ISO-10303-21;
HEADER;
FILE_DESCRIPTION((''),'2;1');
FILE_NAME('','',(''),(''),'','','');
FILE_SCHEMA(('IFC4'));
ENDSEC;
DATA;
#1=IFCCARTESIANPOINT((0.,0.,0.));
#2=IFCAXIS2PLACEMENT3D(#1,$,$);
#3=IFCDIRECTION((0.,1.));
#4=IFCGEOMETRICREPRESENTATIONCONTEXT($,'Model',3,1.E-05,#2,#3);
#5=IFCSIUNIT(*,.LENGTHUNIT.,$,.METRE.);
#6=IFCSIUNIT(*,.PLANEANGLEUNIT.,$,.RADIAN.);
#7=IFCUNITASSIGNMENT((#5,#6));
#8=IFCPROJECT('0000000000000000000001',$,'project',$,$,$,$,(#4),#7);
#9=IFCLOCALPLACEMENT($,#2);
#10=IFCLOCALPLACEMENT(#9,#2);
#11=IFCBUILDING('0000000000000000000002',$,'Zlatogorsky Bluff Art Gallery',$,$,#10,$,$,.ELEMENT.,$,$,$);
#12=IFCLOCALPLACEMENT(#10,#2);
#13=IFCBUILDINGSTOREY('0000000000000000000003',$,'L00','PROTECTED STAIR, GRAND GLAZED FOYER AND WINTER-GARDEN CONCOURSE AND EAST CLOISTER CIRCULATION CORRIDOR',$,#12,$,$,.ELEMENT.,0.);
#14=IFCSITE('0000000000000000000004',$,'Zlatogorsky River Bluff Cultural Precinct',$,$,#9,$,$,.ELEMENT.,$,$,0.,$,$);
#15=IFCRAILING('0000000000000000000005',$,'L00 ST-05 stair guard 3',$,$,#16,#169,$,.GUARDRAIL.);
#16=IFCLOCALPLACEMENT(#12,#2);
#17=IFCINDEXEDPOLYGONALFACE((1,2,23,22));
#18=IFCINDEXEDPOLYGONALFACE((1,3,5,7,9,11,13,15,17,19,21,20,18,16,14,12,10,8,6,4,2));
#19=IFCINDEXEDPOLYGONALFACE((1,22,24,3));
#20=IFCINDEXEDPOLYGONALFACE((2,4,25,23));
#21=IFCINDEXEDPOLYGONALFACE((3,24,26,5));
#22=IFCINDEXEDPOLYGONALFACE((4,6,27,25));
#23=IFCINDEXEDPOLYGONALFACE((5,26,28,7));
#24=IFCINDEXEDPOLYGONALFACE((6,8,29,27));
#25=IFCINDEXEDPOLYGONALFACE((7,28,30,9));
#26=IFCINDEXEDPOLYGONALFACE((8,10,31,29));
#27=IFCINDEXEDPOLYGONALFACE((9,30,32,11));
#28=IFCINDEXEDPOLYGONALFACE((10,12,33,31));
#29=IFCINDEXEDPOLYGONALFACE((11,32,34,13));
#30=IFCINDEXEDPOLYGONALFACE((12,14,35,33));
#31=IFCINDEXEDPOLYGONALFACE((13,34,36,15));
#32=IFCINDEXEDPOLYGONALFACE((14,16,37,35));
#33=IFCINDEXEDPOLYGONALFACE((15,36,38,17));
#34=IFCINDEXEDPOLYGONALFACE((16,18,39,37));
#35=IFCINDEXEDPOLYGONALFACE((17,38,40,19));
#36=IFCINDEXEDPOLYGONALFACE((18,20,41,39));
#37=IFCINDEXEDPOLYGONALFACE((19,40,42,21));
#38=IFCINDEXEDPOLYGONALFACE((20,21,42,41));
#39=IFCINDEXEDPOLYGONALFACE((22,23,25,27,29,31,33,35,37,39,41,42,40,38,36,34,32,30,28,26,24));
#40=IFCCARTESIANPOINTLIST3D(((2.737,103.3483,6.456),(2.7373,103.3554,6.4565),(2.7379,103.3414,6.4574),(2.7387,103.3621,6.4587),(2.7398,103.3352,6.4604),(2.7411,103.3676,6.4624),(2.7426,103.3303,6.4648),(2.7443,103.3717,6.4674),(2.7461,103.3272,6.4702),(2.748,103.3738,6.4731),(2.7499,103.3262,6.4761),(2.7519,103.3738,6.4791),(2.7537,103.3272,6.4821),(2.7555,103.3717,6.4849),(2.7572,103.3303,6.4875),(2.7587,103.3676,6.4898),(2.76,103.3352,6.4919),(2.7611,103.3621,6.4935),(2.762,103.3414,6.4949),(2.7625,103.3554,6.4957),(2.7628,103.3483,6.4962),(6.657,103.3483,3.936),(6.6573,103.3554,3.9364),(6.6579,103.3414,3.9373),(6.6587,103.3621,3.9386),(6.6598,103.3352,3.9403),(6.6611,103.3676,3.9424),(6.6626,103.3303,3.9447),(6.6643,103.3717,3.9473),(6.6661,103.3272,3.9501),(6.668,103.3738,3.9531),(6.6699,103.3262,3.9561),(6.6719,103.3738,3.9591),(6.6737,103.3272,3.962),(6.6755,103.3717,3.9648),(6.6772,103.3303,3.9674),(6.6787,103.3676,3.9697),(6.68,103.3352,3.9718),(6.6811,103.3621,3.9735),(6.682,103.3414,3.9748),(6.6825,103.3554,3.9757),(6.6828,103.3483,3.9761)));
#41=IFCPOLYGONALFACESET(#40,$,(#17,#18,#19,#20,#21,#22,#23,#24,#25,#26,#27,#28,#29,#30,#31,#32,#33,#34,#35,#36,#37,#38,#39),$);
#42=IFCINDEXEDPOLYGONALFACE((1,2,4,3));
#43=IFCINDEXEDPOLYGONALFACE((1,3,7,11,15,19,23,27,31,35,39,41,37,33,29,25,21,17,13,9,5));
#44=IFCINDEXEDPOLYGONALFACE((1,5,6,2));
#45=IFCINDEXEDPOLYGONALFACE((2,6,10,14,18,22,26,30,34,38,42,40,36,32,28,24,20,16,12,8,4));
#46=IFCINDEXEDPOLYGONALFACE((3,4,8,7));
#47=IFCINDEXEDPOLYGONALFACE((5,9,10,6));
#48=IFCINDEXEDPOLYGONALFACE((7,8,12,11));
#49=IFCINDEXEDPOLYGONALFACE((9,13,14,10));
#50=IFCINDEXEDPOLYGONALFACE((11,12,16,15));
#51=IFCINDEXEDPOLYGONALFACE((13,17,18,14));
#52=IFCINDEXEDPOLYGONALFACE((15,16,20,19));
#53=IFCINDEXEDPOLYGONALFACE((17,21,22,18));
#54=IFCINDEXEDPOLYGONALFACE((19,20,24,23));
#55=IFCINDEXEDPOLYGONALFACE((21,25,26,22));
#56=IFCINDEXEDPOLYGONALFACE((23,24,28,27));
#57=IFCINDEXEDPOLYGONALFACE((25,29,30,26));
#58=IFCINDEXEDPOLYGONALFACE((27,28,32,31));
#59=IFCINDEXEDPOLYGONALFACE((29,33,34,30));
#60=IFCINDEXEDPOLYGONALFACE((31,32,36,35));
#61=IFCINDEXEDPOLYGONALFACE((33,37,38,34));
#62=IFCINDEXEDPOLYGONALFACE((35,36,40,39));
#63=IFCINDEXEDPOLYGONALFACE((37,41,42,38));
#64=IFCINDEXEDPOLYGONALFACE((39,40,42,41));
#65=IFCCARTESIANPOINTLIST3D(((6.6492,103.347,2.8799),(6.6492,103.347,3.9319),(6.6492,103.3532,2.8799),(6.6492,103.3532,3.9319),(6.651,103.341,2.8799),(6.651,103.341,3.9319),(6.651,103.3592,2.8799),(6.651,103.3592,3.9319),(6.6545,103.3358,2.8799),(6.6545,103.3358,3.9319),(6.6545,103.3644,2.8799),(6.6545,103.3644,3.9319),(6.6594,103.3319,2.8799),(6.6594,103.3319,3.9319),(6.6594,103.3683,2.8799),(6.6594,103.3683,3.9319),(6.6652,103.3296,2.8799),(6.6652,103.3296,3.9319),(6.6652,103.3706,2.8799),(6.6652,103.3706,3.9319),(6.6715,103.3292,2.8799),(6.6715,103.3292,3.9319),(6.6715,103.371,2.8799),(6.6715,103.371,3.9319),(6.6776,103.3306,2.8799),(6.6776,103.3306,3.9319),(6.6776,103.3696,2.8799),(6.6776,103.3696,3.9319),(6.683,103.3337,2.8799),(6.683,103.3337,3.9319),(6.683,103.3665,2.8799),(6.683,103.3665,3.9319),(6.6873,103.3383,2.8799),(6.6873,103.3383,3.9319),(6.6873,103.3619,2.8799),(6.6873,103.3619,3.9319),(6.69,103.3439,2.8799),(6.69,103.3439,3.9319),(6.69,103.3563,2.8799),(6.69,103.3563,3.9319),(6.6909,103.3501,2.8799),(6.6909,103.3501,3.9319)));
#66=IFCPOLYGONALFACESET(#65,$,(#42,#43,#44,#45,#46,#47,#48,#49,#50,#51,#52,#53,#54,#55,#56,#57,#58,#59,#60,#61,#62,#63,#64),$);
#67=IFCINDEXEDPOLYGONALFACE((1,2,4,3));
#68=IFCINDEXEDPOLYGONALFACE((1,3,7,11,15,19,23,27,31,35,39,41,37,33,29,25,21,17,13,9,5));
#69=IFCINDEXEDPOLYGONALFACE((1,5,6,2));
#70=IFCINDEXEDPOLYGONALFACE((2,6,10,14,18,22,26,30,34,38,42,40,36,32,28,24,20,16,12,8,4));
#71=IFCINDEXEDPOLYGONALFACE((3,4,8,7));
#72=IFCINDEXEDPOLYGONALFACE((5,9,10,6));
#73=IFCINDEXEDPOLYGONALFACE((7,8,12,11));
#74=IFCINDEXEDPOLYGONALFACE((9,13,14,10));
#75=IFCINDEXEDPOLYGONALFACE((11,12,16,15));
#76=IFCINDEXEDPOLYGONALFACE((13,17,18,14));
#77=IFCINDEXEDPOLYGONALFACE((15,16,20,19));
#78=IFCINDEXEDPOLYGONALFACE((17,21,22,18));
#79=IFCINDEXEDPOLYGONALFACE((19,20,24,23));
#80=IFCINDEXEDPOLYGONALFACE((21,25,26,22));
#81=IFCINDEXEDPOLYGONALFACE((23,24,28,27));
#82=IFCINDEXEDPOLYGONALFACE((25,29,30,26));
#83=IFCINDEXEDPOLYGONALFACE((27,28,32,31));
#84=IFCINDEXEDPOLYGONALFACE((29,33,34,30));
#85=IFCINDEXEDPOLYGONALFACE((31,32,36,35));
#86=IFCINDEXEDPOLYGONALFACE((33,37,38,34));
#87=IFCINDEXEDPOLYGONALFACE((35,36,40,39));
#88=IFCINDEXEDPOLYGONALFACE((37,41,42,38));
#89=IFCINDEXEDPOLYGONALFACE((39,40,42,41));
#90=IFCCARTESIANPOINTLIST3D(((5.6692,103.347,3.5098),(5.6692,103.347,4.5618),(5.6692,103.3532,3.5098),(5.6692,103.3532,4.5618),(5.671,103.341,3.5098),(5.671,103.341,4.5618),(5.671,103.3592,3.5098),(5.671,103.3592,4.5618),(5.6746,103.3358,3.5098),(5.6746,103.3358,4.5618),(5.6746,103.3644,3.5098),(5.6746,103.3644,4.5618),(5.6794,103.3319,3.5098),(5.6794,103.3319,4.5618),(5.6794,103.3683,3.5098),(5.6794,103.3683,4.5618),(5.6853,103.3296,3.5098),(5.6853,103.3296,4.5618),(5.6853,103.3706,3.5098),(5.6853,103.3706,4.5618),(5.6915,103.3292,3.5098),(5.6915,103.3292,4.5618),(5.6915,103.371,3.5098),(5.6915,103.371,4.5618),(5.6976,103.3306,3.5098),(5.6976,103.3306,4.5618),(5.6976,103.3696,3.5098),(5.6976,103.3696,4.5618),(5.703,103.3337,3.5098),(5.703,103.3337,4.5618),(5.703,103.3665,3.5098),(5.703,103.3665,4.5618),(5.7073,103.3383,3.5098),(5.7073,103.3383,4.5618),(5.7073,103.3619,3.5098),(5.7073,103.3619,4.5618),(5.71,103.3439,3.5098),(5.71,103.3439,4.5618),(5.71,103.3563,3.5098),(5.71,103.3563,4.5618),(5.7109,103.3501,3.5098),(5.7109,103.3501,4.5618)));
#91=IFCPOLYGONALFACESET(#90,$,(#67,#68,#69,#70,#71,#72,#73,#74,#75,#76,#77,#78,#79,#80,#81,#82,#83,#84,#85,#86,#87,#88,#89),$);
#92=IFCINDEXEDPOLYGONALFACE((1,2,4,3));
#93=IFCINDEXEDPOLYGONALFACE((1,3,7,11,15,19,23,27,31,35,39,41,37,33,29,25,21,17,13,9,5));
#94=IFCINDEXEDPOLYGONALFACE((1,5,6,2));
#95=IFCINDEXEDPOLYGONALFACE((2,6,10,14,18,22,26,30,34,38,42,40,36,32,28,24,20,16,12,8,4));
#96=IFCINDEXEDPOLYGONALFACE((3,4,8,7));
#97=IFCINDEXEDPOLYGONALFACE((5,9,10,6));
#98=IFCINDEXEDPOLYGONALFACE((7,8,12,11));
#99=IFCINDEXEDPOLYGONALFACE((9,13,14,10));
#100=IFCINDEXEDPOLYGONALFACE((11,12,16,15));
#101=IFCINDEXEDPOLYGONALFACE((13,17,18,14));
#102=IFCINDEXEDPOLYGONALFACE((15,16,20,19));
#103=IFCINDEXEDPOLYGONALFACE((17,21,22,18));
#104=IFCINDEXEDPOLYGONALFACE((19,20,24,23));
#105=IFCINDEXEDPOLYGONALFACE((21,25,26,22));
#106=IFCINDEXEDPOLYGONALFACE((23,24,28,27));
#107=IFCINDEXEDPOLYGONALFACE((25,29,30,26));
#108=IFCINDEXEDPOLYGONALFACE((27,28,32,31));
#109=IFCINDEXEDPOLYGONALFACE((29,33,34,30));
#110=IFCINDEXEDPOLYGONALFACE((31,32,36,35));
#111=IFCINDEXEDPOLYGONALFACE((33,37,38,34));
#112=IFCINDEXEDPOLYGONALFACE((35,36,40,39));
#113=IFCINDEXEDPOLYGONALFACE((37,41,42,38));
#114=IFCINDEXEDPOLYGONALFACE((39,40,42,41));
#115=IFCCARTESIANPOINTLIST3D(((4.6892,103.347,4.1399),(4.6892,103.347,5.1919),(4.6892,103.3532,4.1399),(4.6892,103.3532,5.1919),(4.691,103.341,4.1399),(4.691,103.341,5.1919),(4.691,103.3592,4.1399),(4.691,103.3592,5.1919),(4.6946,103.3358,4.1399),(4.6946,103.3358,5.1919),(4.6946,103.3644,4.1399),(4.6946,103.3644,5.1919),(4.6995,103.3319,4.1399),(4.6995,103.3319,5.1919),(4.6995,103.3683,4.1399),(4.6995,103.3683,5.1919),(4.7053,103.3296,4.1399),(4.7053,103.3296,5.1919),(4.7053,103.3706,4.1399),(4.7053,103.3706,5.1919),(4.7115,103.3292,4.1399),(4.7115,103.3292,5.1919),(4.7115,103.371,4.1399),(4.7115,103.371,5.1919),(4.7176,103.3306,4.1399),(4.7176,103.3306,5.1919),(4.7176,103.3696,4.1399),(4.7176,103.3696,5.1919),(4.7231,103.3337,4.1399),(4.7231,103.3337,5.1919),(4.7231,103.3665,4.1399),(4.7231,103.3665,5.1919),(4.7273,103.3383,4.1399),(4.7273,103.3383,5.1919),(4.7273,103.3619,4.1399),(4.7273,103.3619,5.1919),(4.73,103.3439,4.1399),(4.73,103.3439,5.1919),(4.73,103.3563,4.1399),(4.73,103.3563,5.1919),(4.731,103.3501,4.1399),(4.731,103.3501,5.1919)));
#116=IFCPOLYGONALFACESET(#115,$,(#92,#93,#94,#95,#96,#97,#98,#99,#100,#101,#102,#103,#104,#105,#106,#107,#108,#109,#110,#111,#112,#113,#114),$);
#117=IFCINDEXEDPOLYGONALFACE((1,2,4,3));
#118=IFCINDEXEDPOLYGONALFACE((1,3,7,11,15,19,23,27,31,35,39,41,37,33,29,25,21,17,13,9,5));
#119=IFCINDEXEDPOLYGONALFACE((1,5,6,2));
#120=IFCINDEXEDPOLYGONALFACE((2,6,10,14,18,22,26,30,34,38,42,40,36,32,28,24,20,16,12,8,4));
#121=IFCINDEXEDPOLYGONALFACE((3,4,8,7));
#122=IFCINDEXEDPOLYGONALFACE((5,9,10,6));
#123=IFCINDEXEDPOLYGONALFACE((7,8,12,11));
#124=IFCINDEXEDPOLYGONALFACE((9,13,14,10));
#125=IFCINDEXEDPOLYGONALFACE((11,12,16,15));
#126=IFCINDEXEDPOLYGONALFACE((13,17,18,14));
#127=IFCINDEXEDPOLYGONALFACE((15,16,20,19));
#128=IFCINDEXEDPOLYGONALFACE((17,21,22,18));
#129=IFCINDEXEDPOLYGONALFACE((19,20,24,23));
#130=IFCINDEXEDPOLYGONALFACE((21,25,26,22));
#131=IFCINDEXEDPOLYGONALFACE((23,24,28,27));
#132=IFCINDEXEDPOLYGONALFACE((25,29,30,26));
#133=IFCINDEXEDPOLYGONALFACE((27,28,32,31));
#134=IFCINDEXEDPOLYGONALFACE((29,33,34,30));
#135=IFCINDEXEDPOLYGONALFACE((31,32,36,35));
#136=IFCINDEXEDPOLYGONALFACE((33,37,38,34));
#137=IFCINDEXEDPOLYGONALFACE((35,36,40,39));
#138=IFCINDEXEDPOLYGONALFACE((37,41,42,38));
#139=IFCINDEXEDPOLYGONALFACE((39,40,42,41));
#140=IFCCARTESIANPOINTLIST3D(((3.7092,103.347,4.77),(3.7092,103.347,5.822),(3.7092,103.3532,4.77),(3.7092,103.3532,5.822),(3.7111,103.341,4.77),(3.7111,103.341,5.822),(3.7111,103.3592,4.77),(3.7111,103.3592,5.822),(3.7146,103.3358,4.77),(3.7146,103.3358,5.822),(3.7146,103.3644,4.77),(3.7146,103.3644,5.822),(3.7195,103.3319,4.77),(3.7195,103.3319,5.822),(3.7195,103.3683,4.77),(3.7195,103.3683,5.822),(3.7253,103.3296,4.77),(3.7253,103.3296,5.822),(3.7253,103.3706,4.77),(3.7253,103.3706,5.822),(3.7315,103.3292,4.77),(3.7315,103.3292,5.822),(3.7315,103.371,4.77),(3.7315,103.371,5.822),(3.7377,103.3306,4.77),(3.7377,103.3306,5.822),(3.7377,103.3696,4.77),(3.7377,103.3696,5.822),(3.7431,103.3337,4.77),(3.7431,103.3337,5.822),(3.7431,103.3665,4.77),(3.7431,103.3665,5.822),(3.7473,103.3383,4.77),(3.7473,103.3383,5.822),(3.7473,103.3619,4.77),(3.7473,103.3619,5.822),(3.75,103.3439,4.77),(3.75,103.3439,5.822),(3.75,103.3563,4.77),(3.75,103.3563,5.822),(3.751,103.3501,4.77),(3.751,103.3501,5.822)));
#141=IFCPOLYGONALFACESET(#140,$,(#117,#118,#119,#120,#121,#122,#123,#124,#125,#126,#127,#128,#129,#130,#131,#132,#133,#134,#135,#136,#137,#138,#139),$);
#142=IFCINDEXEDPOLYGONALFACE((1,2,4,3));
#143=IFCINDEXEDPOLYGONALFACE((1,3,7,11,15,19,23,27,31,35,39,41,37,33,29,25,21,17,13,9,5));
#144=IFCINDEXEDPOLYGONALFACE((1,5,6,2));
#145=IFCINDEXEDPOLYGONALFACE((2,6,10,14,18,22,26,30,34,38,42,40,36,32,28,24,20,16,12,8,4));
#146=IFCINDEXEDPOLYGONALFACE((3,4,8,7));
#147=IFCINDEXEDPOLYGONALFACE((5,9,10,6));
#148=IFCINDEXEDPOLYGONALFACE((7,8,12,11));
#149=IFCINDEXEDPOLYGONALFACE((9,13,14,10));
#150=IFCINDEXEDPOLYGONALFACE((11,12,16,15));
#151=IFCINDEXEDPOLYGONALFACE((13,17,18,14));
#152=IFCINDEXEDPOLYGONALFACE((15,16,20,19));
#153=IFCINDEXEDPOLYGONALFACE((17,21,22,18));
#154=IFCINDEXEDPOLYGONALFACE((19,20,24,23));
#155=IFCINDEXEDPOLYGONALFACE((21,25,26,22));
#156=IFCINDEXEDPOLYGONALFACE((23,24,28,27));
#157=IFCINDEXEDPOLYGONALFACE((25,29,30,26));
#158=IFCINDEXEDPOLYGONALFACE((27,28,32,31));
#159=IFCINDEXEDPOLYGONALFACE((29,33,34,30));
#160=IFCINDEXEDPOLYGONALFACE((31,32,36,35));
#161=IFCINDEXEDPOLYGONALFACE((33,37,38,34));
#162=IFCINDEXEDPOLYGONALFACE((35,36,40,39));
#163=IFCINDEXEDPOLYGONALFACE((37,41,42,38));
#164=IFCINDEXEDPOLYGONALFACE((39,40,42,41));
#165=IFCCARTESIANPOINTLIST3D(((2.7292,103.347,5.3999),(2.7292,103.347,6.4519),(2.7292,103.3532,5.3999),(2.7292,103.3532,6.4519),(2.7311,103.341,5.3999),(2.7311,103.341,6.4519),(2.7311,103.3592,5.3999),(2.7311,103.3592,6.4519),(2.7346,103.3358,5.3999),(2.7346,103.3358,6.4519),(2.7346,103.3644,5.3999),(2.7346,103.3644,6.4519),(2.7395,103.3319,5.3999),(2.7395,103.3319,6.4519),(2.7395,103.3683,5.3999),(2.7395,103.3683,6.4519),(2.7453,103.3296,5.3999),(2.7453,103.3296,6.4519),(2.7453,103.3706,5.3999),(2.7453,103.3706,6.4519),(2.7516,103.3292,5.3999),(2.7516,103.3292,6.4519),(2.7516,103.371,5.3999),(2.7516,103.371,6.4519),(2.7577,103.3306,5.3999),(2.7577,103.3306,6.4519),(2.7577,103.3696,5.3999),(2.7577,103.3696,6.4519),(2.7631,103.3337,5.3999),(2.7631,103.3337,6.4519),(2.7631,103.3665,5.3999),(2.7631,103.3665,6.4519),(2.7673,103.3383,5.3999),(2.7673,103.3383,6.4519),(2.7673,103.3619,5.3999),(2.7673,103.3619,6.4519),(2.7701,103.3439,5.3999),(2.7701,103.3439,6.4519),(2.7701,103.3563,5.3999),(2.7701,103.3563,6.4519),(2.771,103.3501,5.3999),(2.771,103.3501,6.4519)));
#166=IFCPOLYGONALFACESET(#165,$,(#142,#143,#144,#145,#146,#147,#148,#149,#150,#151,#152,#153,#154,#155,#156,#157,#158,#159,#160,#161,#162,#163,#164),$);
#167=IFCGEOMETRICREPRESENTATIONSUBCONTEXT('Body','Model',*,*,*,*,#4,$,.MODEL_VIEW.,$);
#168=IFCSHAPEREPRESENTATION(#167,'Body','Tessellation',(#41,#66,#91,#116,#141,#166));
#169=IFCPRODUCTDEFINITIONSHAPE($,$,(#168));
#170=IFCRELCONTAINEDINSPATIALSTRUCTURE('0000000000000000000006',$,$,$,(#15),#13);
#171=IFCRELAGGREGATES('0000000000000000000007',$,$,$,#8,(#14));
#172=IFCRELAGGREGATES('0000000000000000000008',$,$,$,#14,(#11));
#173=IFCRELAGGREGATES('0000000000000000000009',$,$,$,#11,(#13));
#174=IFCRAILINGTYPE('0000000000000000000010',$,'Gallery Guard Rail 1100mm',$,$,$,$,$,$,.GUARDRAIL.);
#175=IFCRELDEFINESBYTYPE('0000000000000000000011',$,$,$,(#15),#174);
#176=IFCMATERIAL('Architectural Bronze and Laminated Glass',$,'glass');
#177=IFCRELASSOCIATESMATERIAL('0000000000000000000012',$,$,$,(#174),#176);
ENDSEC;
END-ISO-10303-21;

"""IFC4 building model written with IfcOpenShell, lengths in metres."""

from ifc_helpers import new_model, si_unit, direction, frame, origin, origin_2d, place, context, subcontext, project, spatial, circle, extrude, material, type_object, element, save


model = new_model("IFC4")

# Units and contexts
model_context = context("Model", 3, precision=1e-05, world=origin(), true_north=direction((0.0, 1.0)))
body_context = subcontext(model_context, "Body", "Model", "MODEL_VIEW")
ifc_project = project(units=[si_unit("LENGTHUNIT", "METRE"), si_unit("PLANEANGLEUNIT", "RADIAN")], contexts=[model_context])

# Site, building, storey
site_placement = place(None, origin())
site = spatial("IfcSite", under=ifc_project, at=site_placement, Name="Zlatogorsky River Bluff Cultural Precinct", CompositionType="ELEMENT", RefElevation=0.0)
building_placement = place(site_placement, origin())
building = spatial("IfcBuilding", under=site, at=building_placement, Name="Zlatogorsky Bluff Art Gallery", CompositionType="ELEMENT")
storey_placement = place(building_placement, origin())
storey = spatial("IfcBuildingStorey", under=building, at=storey_placement, Name="L00", Description="PROTECTED STAIR, GRAND GLAZED FOYER AND WINTER-GARDEN CONCOURSE AND EAST CLOISTER CIRCULATION CORRIDOR", CompositionType="ELEMENT", Elevation=0.0)

# Railing
ifc_material_1 = material(Name="Architectural Bronze and Laminated Glass", Category="glass")
railing_type_1 = type_object("IfcRailingType", Name="Gallery Guard Rail 1100mm", PredefinedType="GUARDRAIL", material=ifc_material_1)
railing_1_placement = place(storey_placement, frame((6.6699, 103.3501, 2.8799)))
element("IfcRailing", 1, at=railing_1_placement, inside=storey, type_object=railing_type_1, Name="L00 ST-05 stair guard 3", PredefinedType="GUARDRAIL", context=body_context, shape_type="SweptSolid", body=[
    extrude(circle(Radius=0.0239, at=origin_2d()), frame((0.0, 0.0, 1.0762), z_axis=(-0.841172, 0.0, 0.540768), x_axis=(0.0, -1.0, 0.0)), (0.0, 0.0, 1.0), 4.6602),
    extrude(circle(Radius=0.021, at=origin_2d()), origin(), (0.0, 0.0, 1.0), 1.052),
    extrude(circle(Radius=0.021, at=origin_2d()), frame((-0.98, 0.0, 0.6299)), (0.0, 0.0, 1.0), 1.052),
    extrude(circle(Radius=0.021, at=origin_2d()), frame((-1.96, 0.0, 1.26)), (0.0, 0.0, 1.0), 1.052),
    extrude(circle(Radius=0.021, at=origin_2d()), frame((-2.9399, 0.0, 1.8901)), (0.0, 0.0, 1.0), 1.052),
    extrude(circle(Radius=0.021, at=origin_2d()), frame((-3.9199, 0.0, 2.52)), (0.0, 0.0, 1.0), 1.052),
])

save(model, "model.ifc")
